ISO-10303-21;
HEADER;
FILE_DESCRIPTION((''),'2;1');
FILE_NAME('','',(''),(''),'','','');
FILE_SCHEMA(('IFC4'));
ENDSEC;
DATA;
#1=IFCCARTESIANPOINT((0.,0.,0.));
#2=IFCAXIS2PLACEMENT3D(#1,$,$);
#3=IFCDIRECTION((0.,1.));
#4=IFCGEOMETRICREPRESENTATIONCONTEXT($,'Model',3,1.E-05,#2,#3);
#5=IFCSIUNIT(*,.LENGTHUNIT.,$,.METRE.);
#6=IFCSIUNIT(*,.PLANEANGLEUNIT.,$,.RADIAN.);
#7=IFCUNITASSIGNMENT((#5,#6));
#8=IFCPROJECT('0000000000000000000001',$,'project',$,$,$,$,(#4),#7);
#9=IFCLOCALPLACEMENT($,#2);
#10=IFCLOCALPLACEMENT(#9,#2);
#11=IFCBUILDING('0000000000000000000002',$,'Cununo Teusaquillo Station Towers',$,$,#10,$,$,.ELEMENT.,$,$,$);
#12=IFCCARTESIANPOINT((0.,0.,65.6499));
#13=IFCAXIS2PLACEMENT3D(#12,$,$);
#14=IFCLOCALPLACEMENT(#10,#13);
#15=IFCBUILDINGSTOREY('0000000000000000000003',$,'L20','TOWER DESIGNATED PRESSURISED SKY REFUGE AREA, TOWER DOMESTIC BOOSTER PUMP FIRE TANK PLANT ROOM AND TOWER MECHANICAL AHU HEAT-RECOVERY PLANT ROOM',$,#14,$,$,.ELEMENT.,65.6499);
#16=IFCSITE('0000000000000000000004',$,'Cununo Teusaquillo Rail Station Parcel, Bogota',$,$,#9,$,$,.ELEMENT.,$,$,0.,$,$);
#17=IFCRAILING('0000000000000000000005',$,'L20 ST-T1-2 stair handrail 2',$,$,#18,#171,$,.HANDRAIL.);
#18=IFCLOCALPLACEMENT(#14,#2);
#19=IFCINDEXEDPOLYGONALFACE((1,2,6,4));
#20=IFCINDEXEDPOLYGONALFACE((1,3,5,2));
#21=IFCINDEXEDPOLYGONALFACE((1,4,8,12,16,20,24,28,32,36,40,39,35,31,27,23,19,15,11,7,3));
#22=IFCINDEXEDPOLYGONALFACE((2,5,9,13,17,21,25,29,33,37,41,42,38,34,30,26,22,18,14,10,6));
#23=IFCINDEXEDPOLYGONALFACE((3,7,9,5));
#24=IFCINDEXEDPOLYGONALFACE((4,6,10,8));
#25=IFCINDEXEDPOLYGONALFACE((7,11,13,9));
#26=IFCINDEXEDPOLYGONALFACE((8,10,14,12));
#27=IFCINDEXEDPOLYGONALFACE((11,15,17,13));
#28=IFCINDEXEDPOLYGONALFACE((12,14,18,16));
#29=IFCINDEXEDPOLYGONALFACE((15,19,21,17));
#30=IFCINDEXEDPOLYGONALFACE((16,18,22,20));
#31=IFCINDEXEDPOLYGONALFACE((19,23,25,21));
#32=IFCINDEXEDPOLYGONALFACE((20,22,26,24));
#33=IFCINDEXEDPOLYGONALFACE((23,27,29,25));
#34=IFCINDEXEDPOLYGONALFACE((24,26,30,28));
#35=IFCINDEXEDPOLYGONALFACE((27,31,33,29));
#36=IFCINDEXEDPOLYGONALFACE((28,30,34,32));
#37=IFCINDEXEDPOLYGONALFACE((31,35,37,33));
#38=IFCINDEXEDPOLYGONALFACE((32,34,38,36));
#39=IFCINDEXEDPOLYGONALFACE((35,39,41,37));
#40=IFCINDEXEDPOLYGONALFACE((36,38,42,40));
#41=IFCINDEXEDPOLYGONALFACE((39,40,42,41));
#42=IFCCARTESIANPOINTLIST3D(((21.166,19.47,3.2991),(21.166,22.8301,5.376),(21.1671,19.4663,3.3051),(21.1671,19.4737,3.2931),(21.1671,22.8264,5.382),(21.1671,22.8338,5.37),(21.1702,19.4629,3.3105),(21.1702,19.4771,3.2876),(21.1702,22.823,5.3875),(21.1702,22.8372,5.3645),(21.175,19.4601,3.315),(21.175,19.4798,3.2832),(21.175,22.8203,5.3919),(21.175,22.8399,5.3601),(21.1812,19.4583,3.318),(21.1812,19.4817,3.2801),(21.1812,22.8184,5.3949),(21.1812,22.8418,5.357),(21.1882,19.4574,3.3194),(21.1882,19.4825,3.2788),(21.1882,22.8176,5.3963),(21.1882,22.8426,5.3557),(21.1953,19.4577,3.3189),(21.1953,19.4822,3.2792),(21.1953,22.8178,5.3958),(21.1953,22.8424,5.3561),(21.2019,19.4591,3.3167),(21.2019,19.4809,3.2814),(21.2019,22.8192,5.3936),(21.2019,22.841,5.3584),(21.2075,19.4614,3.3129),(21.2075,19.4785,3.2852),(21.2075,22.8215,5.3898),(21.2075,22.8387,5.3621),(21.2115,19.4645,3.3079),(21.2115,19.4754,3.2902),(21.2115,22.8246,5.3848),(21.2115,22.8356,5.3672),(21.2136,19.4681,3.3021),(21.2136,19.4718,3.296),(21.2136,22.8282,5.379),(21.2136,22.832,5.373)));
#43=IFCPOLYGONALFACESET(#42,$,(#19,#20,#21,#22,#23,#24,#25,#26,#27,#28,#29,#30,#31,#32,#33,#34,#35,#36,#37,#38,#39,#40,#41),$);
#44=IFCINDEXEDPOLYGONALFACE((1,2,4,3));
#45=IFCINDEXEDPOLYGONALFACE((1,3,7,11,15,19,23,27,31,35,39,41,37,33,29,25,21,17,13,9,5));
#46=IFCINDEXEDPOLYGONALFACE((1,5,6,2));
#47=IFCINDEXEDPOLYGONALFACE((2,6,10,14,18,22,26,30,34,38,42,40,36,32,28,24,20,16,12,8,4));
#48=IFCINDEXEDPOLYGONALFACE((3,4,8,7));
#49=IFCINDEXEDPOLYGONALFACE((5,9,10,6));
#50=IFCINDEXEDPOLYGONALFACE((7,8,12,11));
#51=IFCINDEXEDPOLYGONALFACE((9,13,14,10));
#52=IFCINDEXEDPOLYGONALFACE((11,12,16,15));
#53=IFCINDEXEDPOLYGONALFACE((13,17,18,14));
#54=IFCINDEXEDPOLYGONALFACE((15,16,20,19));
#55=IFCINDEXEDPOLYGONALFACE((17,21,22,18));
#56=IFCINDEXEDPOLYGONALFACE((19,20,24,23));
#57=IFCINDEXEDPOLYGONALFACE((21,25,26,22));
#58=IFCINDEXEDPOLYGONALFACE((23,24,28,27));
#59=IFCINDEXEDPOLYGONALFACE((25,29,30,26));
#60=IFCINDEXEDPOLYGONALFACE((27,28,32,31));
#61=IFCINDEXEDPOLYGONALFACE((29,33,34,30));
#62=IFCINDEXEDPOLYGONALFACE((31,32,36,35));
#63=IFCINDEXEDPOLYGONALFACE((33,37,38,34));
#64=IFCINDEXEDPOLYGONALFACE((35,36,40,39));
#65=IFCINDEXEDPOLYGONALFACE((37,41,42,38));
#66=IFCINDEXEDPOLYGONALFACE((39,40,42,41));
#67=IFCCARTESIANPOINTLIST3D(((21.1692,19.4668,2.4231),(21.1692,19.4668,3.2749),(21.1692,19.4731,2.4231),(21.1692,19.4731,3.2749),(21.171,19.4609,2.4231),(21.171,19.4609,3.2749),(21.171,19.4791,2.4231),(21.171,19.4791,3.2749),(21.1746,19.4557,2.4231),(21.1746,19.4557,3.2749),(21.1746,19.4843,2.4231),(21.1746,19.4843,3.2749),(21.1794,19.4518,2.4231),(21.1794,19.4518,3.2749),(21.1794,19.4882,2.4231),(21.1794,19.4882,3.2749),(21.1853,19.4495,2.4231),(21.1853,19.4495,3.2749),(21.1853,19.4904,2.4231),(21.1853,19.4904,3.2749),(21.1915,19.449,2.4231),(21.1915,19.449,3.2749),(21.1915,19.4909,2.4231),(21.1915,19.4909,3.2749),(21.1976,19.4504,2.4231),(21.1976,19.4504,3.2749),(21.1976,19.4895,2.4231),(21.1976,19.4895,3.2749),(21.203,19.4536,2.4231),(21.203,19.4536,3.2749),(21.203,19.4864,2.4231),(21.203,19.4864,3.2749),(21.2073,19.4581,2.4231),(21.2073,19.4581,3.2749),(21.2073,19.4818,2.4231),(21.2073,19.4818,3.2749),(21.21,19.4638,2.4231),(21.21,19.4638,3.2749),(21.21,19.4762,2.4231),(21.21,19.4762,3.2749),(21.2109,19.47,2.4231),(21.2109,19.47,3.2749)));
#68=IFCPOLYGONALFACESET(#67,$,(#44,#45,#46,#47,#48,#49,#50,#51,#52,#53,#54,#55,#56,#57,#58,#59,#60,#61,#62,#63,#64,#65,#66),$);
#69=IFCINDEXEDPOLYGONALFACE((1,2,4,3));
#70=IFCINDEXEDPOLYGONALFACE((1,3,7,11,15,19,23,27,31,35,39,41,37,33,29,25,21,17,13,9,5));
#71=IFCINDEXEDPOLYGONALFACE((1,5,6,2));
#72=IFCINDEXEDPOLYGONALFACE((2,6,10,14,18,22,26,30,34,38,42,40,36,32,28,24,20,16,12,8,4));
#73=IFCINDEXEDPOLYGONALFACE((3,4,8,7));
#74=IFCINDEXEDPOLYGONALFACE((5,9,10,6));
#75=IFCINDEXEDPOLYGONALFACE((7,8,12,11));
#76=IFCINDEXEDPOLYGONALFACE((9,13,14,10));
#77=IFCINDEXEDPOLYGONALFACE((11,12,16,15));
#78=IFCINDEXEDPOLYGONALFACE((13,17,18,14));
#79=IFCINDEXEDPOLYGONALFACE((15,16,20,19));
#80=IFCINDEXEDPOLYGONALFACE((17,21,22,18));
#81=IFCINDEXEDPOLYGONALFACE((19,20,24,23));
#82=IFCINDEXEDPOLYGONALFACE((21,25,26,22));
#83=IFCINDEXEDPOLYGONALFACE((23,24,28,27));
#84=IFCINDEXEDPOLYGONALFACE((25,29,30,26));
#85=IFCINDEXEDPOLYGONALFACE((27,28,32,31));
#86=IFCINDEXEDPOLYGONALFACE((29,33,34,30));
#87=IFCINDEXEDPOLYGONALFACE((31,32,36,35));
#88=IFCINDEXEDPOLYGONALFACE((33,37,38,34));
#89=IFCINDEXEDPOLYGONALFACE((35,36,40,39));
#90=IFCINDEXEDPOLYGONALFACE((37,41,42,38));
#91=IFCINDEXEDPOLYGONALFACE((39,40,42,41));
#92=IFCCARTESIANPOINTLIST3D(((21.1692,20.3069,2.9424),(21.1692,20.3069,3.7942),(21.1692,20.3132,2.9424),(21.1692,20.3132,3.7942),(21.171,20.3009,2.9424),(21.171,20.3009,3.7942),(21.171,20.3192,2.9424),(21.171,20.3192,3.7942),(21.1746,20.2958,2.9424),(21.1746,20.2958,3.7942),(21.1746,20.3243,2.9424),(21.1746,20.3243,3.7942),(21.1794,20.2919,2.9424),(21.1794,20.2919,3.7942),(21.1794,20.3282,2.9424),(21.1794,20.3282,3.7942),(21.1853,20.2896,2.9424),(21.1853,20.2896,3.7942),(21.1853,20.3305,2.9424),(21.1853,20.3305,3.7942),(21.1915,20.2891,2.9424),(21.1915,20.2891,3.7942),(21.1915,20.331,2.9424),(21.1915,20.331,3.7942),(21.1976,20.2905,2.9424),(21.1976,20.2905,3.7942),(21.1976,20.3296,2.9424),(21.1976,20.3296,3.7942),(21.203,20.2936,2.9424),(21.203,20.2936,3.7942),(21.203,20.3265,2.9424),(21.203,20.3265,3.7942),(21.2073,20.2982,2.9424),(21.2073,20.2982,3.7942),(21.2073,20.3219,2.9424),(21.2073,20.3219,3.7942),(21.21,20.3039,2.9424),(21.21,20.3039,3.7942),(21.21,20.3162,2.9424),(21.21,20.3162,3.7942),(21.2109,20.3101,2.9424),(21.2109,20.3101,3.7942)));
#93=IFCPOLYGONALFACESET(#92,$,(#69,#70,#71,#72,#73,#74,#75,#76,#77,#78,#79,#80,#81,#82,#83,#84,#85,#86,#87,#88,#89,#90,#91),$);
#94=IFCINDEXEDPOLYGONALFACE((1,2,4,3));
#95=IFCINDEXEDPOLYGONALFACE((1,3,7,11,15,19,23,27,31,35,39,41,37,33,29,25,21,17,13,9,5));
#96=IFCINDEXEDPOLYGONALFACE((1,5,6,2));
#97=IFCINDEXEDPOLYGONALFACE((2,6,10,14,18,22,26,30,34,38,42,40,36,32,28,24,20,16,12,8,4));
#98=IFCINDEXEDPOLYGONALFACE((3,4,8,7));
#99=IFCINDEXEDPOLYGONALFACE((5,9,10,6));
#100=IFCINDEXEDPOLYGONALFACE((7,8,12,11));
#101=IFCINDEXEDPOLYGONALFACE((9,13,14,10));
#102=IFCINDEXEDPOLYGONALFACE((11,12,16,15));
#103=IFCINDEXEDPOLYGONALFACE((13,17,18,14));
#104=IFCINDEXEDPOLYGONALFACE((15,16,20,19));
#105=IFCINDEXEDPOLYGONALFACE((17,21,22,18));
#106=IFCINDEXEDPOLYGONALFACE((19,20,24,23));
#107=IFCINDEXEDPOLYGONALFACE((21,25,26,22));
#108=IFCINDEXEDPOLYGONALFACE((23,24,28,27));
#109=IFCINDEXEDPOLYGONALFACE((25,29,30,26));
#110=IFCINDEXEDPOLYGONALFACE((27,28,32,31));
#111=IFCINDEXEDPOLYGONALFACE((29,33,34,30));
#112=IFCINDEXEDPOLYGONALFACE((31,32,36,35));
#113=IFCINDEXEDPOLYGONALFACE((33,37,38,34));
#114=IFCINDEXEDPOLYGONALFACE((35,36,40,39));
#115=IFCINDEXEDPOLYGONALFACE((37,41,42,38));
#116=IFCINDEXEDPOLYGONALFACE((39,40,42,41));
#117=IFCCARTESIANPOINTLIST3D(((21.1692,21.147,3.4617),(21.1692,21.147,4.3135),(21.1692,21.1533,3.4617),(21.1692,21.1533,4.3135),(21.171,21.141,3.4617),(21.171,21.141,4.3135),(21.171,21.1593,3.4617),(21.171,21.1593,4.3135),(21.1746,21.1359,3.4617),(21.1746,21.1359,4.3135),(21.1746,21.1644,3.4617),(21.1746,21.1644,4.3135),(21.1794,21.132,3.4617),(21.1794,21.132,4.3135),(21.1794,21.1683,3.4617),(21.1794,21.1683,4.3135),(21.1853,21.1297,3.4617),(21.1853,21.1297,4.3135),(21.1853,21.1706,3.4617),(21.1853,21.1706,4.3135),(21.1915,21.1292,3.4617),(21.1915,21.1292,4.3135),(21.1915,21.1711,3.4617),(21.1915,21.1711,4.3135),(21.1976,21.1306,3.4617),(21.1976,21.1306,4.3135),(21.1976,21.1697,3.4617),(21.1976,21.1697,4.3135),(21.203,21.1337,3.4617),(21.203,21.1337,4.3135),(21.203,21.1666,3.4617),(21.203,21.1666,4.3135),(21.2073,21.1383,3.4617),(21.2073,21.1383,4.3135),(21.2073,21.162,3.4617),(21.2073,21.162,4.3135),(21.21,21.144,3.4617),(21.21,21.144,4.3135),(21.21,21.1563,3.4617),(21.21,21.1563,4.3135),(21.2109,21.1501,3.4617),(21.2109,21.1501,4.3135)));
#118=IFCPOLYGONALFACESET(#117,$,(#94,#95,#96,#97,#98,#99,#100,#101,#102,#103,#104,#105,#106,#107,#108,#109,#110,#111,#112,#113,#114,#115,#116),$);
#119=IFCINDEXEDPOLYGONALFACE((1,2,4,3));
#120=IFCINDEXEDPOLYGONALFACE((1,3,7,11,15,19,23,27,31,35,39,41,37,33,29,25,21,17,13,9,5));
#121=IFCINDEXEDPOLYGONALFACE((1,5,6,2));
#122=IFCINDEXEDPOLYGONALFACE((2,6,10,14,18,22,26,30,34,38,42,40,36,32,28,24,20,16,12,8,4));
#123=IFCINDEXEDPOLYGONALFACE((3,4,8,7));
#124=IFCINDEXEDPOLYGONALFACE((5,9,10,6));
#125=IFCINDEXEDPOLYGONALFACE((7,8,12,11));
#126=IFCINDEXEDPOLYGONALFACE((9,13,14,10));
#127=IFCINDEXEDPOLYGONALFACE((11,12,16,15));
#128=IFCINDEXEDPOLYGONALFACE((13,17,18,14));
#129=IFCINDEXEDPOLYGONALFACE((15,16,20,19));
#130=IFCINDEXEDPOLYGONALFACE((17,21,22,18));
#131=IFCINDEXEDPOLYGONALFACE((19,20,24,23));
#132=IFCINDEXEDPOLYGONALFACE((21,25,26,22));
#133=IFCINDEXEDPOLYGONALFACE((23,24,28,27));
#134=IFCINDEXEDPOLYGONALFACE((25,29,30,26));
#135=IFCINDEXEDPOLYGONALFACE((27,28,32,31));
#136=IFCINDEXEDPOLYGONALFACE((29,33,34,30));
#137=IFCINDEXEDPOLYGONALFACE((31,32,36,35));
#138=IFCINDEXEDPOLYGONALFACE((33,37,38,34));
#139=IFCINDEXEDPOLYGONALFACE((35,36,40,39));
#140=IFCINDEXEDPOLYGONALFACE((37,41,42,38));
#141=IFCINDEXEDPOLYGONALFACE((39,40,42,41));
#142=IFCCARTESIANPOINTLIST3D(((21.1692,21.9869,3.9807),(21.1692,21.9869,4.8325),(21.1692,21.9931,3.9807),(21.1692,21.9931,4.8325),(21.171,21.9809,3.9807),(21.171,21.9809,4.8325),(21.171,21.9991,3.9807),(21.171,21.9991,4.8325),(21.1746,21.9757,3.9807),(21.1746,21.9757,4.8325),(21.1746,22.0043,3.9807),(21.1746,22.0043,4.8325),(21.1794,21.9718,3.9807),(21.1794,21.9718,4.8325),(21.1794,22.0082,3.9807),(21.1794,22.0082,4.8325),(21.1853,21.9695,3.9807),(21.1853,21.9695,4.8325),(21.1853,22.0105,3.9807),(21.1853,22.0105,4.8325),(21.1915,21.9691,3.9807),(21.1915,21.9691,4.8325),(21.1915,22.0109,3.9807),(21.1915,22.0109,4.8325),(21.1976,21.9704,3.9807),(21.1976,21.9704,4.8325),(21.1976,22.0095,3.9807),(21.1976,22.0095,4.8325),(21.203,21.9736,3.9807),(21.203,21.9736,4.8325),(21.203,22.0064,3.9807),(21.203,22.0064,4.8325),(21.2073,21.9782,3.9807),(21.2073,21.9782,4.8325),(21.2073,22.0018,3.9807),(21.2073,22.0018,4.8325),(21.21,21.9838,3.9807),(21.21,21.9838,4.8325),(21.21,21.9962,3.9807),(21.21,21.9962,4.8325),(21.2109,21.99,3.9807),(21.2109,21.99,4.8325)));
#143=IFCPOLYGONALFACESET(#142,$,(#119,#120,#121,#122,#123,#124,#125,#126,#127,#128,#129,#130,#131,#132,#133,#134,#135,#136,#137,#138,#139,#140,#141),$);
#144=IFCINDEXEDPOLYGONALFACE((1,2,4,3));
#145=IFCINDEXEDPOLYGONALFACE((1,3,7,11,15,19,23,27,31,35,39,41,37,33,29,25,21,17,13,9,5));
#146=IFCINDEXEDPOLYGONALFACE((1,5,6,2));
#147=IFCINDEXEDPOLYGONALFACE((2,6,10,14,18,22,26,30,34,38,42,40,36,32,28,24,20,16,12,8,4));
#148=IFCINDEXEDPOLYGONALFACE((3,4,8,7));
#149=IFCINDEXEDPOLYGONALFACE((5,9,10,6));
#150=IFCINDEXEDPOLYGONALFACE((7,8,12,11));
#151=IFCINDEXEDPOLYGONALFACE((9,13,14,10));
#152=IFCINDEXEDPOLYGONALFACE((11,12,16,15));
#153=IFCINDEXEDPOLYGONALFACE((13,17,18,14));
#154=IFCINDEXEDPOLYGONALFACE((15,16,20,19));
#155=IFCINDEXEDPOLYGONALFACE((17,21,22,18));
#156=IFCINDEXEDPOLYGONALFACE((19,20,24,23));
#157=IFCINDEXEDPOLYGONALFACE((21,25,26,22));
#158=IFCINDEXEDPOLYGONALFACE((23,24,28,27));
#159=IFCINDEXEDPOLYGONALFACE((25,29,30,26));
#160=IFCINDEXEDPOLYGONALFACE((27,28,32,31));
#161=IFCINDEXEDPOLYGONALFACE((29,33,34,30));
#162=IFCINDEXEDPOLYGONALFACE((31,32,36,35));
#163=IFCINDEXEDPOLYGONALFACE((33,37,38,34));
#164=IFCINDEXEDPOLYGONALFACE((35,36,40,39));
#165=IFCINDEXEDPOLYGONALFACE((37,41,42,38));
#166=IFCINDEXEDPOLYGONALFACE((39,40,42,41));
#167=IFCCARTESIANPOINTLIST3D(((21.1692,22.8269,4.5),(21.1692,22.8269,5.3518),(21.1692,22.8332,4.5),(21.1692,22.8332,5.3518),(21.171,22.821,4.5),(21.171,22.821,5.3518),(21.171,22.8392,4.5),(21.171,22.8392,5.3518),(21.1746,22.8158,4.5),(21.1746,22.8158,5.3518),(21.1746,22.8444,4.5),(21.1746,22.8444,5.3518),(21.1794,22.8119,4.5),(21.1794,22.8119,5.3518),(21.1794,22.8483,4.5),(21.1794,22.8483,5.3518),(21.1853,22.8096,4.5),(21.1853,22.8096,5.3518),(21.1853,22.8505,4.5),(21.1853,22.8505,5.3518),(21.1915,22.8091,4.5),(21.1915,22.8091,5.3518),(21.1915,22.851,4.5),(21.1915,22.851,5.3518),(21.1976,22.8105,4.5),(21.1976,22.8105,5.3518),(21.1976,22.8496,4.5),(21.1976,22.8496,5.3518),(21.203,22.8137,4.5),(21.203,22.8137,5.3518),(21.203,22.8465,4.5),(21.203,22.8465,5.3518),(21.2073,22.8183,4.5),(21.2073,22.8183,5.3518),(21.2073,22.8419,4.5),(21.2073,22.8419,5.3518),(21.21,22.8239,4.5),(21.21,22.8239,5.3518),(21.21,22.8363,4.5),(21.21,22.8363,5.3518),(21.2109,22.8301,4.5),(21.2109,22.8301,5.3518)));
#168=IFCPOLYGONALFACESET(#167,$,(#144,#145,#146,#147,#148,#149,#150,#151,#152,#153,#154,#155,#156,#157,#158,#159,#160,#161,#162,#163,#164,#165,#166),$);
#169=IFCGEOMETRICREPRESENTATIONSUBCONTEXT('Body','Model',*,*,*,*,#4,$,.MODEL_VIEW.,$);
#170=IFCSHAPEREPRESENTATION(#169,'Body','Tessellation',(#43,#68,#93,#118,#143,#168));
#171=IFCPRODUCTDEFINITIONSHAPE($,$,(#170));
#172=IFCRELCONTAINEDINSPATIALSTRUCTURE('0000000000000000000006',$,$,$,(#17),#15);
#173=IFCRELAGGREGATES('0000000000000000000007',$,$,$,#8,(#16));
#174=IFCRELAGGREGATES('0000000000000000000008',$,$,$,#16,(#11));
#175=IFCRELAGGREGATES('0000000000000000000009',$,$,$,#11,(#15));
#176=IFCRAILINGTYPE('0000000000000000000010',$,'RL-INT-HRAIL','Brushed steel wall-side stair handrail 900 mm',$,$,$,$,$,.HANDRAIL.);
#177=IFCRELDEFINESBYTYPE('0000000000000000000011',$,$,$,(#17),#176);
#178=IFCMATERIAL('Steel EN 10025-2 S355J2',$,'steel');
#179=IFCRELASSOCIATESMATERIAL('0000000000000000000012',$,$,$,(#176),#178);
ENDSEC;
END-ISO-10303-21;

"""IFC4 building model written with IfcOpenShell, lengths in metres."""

from ifc_helpers import new_model, si_unit, direction, frame, origin, origin_2d, place, context, subcontext, project, spatial, circle, extrude, material, type_object, element, save


model = new_model("IFC4")

# Units and contexts
model_context = context("Model", 3, precision=1e-05, world=origin(), true_north=direction((0.0, 1.0)))
body_context = subcontext(model_context, "Body", "Model", "MODEL_VIEW")
ifc_project = project(units=[si_unit("LENGTHUNIT", "METRE"), si_unit("PLANEANGLEUNIT", "RADIAN")], contexts=[model_context])

# Site, building, storey
site_placement = place(None, origin())
site = spatial("IfcSite", under=ifc_project, at=site_placement, Name="Cununo Teusaquillo Rail Station Parcel, Bogota", CompositionType="ELEMENT", RefElevation=0.0)
building_placement = place(site_placement, origin())
building = spatial("IfcBuilding", under=site, at=building_placement, Name="Cununo Teusaquillo Station Towers", CompositionType="ELEMENT")
storey_placement = place(building_placement, frame((0.0, 0.0, 65.6499)))
storey = spatial("IfcBuildingStorey", under=building, at=storey_placement, Name="L20", Description="TOWER DESIGNATED PRESSURISED SKY REFUGE AREA, TOWER DOMESTIC BOOSTER PUMP FIRE TANK PLANT ROOM AND TOWER MECHANICAL AHU HEAT-RECOVERY PLANT ROOM", CompositionType="ELEMENT", Elevation=65.6499)

# Railing
ifc_material_1 = material(Name="Steel EN 10025-2 S355J2", Category="steel")
railing_type_1 = type_object("IfcRailingType", Name="RL-INT-HRAIL", Description="Brushed steel wall-side stair handrail 900 mm", PredefinedType="HANDRAIL", material=ifc_material_1)
railing_1_placement = place(storey_placement, frame((21.1899, 19.47, 2.4231)))
element("IfcRailing", 1, at=railing_1_placement, inside=storey, type_object=railing_type_1, Name="L20 ST-T1-2 stair handrail 2", PredefinedType="HANDRAIL", context=body_context, shape_type="SweptSolid", body=[
    extrude(circle(Radius=0.0239, at=origin_2d()), frame((0.0, 0.0, 0.876), z_axis=(0.0, 0.850623, 0.525776), x_axis=(-1.0, 0.0, 0.0)), (0.0, 0.0, 1.0), 3.9502),
    extrude(circle(Radius=0.021, at=origin_2d()), origin(), (0.0, 0.0, 1.0), 0.8518),
    extrude(circle(Radius=0.021, at=origin_2d()), frame((0.0, 0.8401, 0.5193)), (0.0, 0.0, 1.0), 0.8518),
    extrude(circle(Radius=0.021, at=origin_2d()), frame((0.0, 1.6802, 1.0386)), (0.0, 0.0, 1.0), 0.8518),
    extrude(circle(Radius=0.021, at=origin_2d()), frame((0.0, 2.52, 1.5576)), (0.0, 0.0, 1.0), 0.8518),
    extrude(circle(Radius=0.021, at=origin_2d()), frame((0.0, 3.3601, 2.0769)), (0.0, 0.0, 1.0), 0.8518),
])

save(model, "model.ifc")
